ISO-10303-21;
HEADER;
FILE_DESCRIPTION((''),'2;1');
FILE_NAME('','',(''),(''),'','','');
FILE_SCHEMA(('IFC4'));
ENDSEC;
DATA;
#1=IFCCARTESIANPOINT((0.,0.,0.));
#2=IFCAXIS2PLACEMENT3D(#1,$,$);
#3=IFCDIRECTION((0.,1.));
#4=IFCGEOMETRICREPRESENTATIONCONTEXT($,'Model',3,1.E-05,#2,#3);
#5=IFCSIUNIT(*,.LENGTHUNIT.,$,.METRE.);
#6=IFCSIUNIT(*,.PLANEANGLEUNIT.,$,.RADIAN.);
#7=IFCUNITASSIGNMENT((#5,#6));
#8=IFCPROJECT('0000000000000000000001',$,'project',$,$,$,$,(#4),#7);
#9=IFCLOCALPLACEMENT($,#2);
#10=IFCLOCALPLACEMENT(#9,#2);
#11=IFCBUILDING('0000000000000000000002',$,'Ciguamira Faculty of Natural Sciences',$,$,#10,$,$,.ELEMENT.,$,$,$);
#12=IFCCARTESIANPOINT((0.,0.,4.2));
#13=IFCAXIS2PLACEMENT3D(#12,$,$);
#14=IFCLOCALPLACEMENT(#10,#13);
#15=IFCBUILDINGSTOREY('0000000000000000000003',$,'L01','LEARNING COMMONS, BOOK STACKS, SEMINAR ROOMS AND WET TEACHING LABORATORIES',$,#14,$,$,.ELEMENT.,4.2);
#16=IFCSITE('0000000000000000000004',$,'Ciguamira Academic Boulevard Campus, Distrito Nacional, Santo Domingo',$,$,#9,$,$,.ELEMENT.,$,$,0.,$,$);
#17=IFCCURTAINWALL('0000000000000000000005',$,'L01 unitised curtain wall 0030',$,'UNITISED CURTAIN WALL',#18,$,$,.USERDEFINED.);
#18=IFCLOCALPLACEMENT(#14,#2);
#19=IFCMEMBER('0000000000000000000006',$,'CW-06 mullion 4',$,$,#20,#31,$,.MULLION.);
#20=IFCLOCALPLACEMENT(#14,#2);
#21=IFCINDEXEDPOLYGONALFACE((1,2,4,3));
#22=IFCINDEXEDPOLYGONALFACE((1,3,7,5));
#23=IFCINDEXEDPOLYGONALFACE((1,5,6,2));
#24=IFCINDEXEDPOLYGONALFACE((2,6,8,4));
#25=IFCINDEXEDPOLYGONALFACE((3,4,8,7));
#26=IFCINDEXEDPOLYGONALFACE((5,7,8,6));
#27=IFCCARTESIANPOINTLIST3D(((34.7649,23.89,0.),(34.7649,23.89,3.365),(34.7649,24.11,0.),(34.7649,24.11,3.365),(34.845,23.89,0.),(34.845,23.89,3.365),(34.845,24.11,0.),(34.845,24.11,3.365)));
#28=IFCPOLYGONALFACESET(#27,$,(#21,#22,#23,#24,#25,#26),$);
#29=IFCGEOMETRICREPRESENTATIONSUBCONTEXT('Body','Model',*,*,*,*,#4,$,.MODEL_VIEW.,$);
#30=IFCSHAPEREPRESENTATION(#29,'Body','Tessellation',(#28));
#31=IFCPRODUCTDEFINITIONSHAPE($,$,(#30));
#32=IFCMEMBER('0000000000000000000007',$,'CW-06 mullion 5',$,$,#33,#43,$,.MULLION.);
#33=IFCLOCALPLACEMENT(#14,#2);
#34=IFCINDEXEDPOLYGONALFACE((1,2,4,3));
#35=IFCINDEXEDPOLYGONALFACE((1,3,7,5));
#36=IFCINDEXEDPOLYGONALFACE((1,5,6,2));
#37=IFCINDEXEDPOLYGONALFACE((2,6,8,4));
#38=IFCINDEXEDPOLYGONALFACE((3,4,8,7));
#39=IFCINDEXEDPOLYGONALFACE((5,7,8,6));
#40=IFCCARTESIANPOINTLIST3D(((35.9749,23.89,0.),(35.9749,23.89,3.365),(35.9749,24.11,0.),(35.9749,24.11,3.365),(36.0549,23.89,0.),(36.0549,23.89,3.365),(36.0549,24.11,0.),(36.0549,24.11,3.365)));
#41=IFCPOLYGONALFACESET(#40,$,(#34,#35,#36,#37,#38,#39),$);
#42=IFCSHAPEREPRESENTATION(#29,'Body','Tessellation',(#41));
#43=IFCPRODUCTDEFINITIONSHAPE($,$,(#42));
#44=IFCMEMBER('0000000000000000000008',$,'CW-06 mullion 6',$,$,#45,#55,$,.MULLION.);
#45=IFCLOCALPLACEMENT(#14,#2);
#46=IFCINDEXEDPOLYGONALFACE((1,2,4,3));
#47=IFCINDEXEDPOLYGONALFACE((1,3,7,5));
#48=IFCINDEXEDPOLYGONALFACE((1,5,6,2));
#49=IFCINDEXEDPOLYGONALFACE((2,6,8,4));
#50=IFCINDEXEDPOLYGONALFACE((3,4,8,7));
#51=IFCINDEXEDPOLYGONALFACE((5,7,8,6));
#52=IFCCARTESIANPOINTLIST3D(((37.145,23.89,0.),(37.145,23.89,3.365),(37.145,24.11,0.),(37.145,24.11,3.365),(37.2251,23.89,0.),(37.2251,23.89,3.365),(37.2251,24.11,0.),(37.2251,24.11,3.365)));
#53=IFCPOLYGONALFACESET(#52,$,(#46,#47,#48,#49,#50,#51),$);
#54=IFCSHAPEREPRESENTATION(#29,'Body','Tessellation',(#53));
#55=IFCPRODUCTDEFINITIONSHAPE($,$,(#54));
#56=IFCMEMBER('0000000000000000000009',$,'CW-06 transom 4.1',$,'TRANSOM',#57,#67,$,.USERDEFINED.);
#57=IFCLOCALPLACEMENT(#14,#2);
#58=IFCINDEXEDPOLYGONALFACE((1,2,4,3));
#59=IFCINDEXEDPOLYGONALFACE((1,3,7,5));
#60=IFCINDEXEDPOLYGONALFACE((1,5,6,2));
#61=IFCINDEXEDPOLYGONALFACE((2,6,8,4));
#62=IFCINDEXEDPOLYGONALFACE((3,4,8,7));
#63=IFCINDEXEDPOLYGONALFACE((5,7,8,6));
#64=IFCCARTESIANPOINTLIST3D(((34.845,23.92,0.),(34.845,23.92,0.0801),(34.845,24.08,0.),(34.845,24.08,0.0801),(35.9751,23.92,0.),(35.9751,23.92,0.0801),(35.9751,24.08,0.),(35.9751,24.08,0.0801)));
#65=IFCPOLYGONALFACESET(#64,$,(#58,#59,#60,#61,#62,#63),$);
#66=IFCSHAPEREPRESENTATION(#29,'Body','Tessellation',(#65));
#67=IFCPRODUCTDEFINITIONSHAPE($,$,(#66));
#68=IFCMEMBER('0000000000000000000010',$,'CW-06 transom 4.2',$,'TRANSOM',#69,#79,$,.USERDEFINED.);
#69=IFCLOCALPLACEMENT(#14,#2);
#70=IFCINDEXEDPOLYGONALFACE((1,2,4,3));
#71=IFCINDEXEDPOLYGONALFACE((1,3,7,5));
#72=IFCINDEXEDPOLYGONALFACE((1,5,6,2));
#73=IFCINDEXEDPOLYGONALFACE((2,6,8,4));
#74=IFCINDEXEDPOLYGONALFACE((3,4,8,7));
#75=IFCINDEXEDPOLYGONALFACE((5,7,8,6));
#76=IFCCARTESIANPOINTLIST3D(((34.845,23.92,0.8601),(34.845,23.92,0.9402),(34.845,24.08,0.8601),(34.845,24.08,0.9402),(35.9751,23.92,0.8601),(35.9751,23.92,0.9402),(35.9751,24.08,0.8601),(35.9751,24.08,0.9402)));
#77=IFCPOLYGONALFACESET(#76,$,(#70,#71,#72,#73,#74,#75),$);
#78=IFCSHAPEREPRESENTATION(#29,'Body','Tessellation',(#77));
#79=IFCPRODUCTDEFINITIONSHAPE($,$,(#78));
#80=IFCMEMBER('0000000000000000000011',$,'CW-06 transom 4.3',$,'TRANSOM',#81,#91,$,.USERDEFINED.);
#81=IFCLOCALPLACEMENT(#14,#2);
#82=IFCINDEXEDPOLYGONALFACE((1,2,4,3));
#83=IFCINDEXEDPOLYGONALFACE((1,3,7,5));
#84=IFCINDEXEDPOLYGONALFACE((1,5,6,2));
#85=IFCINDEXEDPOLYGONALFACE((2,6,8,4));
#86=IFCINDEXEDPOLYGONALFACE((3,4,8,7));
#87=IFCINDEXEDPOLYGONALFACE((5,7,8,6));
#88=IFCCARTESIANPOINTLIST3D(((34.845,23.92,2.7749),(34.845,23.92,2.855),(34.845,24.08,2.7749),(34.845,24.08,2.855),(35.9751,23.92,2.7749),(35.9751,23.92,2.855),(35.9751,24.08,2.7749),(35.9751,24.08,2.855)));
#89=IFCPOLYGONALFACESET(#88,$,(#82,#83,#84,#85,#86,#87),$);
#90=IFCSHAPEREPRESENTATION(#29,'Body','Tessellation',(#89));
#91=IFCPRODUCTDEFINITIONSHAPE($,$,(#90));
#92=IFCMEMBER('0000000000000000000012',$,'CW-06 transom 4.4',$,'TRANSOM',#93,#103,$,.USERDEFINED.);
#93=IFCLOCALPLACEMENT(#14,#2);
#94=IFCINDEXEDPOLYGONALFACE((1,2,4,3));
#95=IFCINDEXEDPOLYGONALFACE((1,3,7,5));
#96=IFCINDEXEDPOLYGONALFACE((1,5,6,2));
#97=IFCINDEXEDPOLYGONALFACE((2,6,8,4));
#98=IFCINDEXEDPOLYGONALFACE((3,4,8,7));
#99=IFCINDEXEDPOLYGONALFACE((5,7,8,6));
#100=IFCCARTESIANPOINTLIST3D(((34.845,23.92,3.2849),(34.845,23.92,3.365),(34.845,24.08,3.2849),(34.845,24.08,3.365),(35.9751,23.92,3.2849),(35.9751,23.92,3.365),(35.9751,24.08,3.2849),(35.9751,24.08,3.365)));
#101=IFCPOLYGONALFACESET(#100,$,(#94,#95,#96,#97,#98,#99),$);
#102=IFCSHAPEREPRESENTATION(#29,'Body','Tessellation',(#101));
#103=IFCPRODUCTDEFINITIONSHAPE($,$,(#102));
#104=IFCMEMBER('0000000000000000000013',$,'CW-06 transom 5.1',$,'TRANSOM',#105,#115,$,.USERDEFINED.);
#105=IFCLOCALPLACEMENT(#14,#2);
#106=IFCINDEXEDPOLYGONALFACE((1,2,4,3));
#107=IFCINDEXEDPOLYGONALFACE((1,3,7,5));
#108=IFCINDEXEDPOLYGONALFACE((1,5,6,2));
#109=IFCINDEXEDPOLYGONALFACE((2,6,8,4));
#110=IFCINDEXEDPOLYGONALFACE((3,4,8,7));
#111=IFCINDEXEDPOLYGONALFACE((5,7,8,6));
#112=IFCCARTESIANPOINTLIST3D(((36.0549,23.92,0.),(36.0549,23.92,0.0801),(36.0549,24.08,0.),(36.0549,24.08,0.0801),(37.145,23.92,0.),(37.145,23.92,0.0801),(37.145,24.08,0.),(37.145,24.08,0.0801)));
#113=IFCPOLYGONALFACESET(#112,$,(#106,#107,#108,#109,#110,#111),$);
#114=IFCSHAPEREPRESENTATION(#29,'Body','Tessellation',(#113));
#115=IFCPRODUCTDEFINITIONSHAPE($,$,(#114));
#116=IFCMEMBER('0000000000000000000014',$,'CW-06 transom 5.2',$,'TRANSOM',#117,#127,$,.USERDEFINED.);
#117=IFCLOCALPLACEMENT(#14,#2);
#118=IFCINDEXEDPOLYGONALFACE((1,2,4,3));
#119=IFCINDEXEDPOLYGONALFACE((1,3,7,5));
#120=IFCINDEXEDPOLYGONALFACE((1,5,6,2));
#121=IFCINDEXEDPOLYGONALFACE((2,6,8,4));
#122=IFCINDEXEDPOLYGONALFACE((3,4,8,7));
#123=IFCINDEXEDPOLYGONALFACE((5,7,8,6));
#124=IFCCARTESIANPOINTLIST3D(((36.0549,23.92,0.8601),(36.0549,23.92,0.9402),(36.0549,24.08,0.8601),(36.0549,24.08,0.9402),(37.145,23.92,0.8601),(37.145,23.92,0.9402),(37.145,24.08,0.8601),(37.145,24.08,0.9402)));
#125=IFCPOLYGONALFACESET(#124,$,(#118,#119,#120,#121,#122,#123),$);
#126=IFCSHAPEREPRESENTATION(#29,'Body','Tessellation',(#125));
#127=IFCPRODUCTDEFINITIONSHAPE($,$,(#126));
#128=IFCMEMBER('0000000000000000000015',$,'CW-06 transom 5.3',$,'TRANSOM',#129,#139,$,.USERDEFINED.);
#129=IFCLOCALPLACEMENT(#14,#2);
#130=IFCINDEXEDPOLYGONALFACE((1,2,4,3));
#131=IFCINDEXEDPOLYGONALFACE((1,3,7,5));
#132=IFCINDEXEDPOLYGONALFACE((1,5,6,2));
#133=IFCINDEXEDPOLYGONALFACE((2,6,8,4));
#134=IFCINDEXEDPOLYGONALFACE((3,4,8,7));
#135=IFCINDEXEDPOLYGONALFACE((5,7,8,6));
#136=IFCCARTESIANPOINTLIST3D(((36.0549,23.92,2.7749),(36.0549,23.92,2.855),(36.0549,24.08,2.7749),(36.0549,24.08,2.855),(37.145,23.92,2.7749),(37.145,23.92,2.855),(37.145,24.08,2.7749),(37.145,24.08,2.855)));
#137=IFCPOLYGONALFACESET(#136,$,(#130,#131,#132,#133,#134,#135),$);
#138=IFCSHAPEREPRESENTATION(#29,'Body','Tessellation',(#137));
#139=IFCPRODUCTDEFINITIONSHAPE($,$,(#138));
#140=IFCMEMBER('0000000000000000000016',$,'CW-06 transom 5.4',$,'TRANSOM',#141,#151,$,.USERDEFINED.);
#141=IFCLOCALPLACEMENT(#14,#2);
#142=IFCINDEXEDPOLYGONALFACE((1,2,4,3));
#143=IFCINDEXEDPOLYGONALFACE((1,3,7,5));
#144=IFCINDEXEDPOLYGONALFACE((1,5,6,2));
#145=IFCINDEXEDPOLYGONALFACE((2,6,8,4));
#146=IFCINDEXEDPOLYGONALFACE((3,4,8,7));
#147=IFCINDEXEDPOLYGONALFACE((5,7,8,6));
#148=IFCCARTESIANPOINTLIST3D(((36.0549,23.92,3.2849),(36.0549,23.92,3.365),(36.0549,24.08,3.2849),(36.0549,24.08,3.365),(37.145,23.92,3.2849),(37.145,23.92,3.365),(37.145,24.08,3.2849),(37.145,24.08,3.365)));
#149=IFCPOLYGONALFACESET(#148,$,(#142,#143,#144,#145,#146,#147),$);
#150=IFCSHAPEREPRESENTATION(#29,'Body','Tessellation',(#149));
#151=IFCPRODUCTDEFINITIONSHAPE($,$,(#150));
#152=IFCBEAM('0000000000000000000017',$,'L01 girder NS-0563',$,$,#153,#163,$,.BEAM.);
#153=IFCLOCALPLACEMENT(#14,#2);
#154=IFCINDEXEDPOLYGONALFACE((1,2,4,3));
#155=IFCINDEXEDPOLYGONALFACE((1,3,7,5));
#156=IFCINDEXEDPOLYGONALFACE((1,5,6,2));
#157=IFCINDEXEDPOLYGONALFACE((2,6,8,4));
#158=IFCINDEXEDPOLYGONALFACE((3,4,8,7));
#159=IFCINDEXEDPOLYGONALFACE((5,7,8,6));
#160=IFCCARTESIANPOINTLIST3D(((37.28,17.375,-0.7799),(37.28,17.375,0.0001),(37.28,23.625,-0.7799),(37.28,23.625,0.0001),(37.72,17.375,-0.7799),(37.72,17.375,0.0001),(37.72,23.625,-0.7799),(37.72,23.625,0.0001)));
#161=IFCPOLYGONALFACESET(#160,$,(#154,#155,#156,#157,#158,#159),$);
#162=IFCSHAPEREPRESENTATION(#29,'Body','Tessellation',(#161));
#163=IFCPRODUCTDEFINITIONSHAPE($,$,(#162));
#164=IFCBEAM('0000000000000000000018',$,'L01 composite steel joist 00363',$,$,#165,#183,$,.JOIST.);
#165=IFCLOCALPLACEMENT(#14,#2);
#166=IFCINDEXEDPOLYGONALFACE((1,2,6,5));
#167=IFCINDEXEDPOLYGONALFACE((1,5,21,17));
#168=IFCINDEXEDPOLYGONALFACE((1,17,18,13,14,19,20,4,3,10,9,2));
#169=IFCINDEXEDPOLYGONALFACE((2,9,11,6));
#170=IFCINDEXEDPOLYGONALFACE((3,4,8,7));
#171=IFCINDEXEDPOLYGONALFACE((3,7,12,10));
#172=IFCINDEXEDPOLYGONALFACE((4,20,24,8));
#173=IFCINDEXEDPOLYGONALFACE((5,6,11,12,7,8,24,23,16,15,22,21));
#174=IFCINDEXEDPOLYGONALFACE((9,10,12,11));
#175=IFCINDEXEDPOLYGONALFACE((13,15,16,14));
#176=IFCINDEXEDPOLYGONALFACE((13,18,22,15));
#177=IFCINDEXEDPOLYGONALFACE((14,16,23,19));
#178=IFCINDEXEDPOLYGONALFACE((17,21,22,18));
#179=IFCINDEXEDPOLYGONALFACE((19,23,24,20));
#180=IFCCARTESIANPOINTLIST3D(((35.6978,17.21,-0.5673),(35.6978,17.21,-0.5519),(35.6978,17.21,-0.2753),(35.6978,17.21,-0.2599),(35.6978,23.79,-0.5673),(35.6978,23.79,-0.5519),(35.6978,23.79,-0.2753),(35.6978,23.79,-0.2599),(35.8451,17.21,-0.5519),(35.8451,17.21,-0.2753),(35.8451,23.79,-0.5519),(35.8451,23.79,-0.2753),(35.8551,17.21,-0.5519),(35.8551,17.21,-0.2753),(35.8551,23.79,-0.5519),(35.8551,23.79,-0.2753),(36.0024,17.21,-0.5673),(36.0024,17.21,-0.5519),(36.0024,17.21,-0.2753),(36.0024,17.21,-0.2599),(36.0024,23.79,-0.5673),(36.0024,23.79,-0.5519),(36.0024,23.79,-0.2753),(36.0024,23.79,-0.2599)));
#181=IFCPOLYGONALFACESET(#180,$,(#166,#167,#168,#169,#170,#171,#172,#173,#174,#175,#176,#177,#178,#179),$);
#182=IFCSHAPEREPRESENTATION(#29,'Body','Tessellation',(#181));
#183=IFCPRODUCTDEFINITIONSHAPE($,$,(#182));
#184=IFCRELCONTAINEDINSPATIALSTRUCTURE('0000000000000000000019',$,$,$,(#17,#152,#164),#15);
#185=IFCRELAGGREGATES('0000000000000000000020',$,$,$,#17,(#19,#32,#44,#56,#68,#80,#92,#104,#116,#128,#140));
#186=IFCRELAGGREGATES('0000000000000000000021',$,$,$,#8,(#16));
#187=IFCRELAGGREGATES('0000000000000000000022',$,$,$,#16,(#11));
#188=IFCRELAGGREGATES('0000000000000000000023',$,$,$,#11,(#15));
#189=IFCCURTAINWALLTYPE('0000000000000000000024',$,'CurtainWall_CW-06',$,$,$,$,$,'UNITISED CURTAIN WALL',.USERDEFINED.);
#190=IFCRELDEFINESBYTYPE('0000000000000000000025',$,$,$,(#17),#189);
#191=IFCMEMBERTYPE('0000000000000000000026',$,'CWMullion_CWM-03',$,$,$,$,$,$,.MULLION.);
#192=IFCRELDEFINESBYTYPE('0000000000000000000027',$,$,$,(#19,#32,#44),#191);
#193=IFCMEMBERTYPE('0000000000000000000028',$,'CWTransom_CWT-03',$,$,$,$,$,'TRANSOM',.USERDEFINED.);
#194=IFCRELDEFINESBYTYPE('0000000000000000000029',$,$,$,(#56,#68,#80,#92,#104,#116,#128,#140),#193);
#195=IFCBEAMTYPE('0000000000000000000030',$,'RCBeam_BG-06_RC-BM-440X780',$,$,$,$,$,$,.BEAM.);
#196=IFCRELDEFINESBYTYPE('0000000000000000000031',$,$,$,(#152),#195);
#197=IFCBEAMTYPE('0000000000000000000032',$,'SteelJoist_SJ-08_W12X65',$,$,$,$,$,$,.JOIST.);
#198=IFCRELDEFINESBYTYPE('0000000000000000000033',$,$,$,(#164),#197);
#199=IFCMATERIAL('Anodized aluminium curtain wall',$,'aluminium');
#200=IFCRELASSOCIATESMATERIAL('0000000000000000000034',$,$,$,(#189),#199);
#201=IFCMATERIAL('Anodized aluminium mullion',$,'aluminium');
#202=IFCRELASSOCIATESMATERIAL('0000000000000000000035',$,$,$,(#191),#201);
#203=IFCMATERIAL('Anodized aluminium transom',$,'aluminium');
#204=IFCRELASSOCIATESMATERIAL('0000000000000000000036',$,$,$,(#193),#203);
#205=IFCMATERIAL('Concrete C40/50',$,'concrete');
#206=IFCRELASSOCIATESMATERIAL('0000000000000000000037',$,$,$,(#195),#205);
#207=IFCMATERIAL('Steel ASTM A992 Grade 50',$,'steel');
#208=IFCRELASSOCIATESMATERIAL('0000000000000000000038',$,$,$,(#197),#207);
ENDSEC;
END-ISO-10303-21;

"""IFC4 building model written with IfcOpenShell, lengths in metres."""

from ifc_helpers import new_model, si_unit, direction, frame, origin, origin_2d, place, context, subcontext, project, spatial, rectangle, i_section, extrude, material, material_profile, profile_set, type_object, element, aggregate, save


model = new_model("IFC4")

# Units and contexts
model_context = context("Model", 3, precision=1e-05, world=origin(), true_north=direction((0.0, 1.0)))
body_context = subcontext(model_context, "Body", "Model", "MODEL_VIEW")
ifc_project = project(units=[si_unit("LENGTHUNIT", "METRE"), si_unit("PLANEANGLEUNIT", "RADIAN")], contexts=[model_context])

# Site, building, storey
site_placement = place(None, origin())
site = spatial("IfcSite", under=ifc_project, at=site_placement, Name="Ciguamira Academic Boulevard Campus, Distrito Nacional, Santo Domingo", CompositionType="ELEMENT", RefElevation=0.0)
building_placement = place(site_placement, origin())
building = spatial("IfcBuilding", under=site, at=building_placement, Name="Ciguamira Faculty of Natural Sciences", CompositionType="ELEMENT")
storey_placement = place(building_placement, frame((0.0, 0.0, 4.2)))
storey = spatial("IfcBuildingStorey", under=building, at=storey_placement, Name="L01", Description="LEARNING COMMONS, BOOK STACKS, SEMINAR ROOMS AND WET TEACHING LABORATORIES", CompositionType="ELEMENT", Elevation=4.2)

# Curtain wall, members
ifc_material_1 = material(Name="Anodized aluminium curtain wall", Category="aluminium")
curtain_wall_type = type_object("IfcCurtainWallType", Name="CurtainWall_CW-06", ElementType="UNITISED CURTAIN WALL", PredefinedType="USERDEFINED", material=ifc_material_1)
curtain_wall_placement = place(storey_placement, origin())
curtain_wall = element("IfcCurtainWall", 1, at=curtain_wall_placement, inside=storey, type_object=curtain_wall_type, Name="L01 unitised curtain wall 0030", ObjectType="UNITISED CURTAIN WALL", PredefinedType="USERDEFINED")
ifc_material_2 = material(Name="Anodized aluminium mullion", Category="aluminium")
ifc_material_profile_1 = material_profile(ifc_material_2, rectangle(XDim=0.0801, YDim=0.22, at=origin_2d()), Name="ALU-MUL-80X220")
ifc_profile_set_1 = profile_set([ifc_material_profile_1], Name="Anodized aluminium mullion")
member_type_1 = type_object("IfcMemberType", Name="CWMullion_CWM-03", PredefinedType="MULLION", material=ifc_profile_set_1)
member_1_placement = place(storey_placement, frame((34.8049, 24.0, 0.0), z_axis=(0.0, 0.0, 1.0), x_axis=(1.0, 0.0, 0.0)))
member_1 = element("IfcMember", 2, at=member_1_placement, type_object=member_type_1, Name="CW-06 mullion 4", PredefinedType="MULLION", context=body_context, shape_type="SweptSolid", body=[
    extrude(rectangle(XDim=0.0801, YDim=0.22, at=origin_2d()), origin(), (0.0, 0.0, 1.0), 3.365),
])
member_2_placement = place(storey_placement, frame((36.0149, 24.0, 0.0), z_axis=(0.0, 0.0, 1.0), x_axis=(1.0, 0.0, 0.0)))
member_2 = element("IfcMember", 3, at=member_2_placement, type_object=member_type_1, Name="CW-06 mullion 5", PredefinedType="MULLION", context=body_context, shape_type="SweptSolid", body=[
    extrude(rectangle(XDim=0.0801, YDim=0.22, at=origin_2d()), origin(), (0.0, 0.0, 1.0), 3.365),
])
member_3_placement = place(storey_placement, frame((37.1851, 24.0, 0.0), z_axis=(0.0, 0.0, 1.0), x_axis=(1.0, 0.0, 0.0)))
member_3 = element("IfcMember", 4, at=member_3_placement, type_object=member_type_1, Name="CW-06 mullion 6", PredefinedType="MULLION", context=body_context, shape_type="SweptSolid", body=[
    extrude(rectangle(XDim=0.0801, YDim=0.22, at=origin_2d()), origin(), (0.0, 0.0, 1.0), 3.365),
])
ifc_material_3 = material(Name="Anodized aluminium transom", Category="aluminium")
ifc_material_profile_2 = material_profile(ifc_material_3, rectangle(XDim=0.0801, YDim=0.1599, at=origin_2d()), Name="ALU-TRN-80X160")
ifc_profile_set_2 = profile_set([ifc_material_profile_2], Name="Anodized aluminium transom")
member_type_2 = type_object("IfcMemberType", Name="CWTransom_CWT-03", ElementType="TRANSOM", PredefinedType="USERDEFINED", material=ifc_profile_set_2)
member_4_placement = place(storey_placement, frame((34.845, 24.0, 0.04), z_axis=(1.0, 0.0, 0.0), x_axis=(0.0, 0.0, 1.0)))
member_4 = element("IfcMember", 5, at=member_4_placement, type_object=member_type_2, Name="CW-06 transom 4.1", ObjectType="TRANSOM", PredefinedType="USERDEFINED", context=body_context, shape_type="SweptSolid", body=[
    extrude(rectangle(XDim=0.0801, YDim=0.1599, at=origin_2d()), origin(), (0.0, 0.0, 1.0), 1.1301),
])
member_5_placement = place(storey_placement, frame((34.845, 24.0, 0.9001), z_axis=(1.0, 0.0, 0.0), x_axis=(0.0, 0.0, 1.0)))
member_5 = element("IfcMember", 6, at=member_5_placement, type_object=member_type_2, Name="CW-06 transom 4.2", ObjectType="TRANSOM", PredefinedType="USERDEFINED", context=body_context, shape_type="SweptSolid", body=[
    extrude(rectangle(XDim=0.0801, YDim=0.1599, at=origin_2d()), origin(), (0.0, 0.0, 1.0), 1.1301),
])
member_6_placement = place(storey_placement, frame((34.845, 24.0, 2.8149), z_axis=(1.0, 0.0, 0.0), x_axis=(0.0, 0.0, 1.0)))
member_6 = element("IfcMember", 7, at=member_6_placement, type_object=member_type_2, Name="CW-06 transom 4.3", ObjectType="TRANSOM", PredefinedType="USERDEFINED", context=body_context, shape_type="SweptSolid", body=[
    extrude(rectangle(XDim=0.0801, YDim=0.1599, at=origin_2d()), origin(), (0.0, 0.0, 1.0), 1.1301),
])
member_7_placement = place(storey_placement, frame((34.845, 24.0, 3.325), z_axis=(1.0, 0.0, 0.0), x_axis=(0.0, 0.0, 1.0)))
member_7 = element("IfcMember", 8, at=member_7_placement, type_object=member_type_2, Name="CW-06 transom 4.4", ObjectType="TRANSOM", PredefinedType="USERDEFINED", context=body_context, shape_type="SweptSolid", body=[
    extrude(rectangle(XDim=0.0801, YDim=0.1599, at=origin_2d()), origin(), (0.0, 0.0, 1.0), 1.1301),
])
member_8_placement = place(storey_placement, frame((36.0549, 24.0, 0.04), z_axis=(1.0, 0.0, 0.0), x_axis=(0.0, 0.0, 1.0)))
member_8 = element("IfcMember", 9, at=member_8_placement, type_object=member_type_2, Name="CW-06 transom 5.1", ObjectType="TRANSOM", PredefinedType="USERDEFINED", context=body_context, shape_type="SweptSolid", body=[
    extrude(rectangle(XDim=0.0801, YDim=0.1599, at=origin_2d()), origin(), (0.0, 0.0, 1.0), 1.0901),
])
member_9_placement = place(storey_placement, frame((36.0549, 24.0, 0.9001), z_axis=(1.0, 0.0, 0.0), x_axis=(0.0, 0.0, 1.0)))
member_9 = element("IfcMember", 10, at=member_9_placement, type_object=member_type_2, Name="CW-06 transom 5.2", ObjectType="TRANSOM", PredefinedType="USERDEFINED", context=body_context, shape_type="SweptSolid", body=[
    extrude(rectangle(XDim=0.0801, YDim=0.1599, at=origin_2d()), origin(), (0.0, 0.0, 1.0), 1.0901),
])
member_10_placement = place(storey_placement, frame((36.0549, 24.0, 2.8149), z_axis=(1.0, 0.0, 0.0), x_axis=(0.0, 0.0, 1.0)))
member_10 = element("IfcMember", 11, at=member_10_placement, type_object=member_type_2, Name="CW-06 transom 5.3", ObjectType="TRANSOM", PredefinedType="USERDEFINED", context=body_context, shape_type="SweptSolid", body=[
    extrude(rectangle(XDim=0.0801, YDim=0.1599, at=origin_2d()), origin(), (0.0, 0.0, 1.0), 1.0901),
])
member_11_placement = place(storey_placement, frame((36.0549, 24.0, 3.325), z_axis=(1.0, 0.0, 0.0), x_axis=(0.0, 0.0, 1.0)))
member_11 = element("IfcMember", 12, at=member_11_placement, type_object=member_type_2, Name="CW-06 transom 5.4", ObjectType="TRANSOM", PredefinedType="USERDEFINED", context=body_context, shape_type="SweptSolid", body=[
    extrude(rectangle(XDim=0.0801, YDim=0.1599, at=origin_2d()), origin(), (0.0, 0.0, 1.0), 1.0901),
])

# Beams
ifc_material_4 = material(Name="Concrete C40/50", Category="concrete")
ifc_material_profile_3 = material_profile(ifc_material_4, rectangle(XDim=0.4399, YDim=0.78, at=origin_2d()), Name="RC-BM-440X780")
ifc_profile_set_3 = profile_set([ifc_material_profile_3], Name="Concrete C40/50")
beam_type_1 = type_object("IfcBeamType", Name="RCBeam_BG-06_RC-BM-440X780", PredefinedType="BEAM", material=ifc_profile_set_3)
beam_1_placement = place(storey_placement, frame((37.5, 17.375, -0.3899), z_axis=(0.0, 1.0, 0.0), x_axis=(-1.0, 0.0, 0.0)))
element("IfcBeam", 13, at=beam_1_placement, inside=storey, type_object=beam_type_1, Name="L01 girder NS-0563", PredefinedType="BEAM", context=body_context, shape_type="SweptSolid", body=[
    extrude(rectangle(XDim=0.4399, YDim=0.78, at=origin_2d()), origin(), (0.0, 0.0, 1.0), 6.25),
])
ifc_material_5 = material(Name="Steel ASTM A992 Grade 50", Category="steel")
ifc_material_profile_4 = material_profile(ifc_material_5, i_section(OverallWidth=0.3047, OverallDepth=0.3074, WebThickness=0.01, FlangeThickness=0.0154, at=origin_2d()), Name="W12X65")
ifc_profile_set_4 = profile_set([ifc_material_profile_4], Name="Steel ASTM A992 Grade 50")
beam_type_2 = type_object("IfcBeamType", Name="SteelJoist_SJ-08_W12X65", PredefinedType="JOIST", material=ifc_profile_set_4)
beam_2_placement = place(storey_placement, frame((35.8501, 17.21, -0.4136), z_axis=(0.0, 1.0, 0.0), x_axis=(-1.0, 0.0, 0.0)))
element("IfcBeam", 14, at=beam_2_placement, inside=storey, type_object=beam_type_2, Name="L01 composite steel joist 00363", PredefinedType="JOIST", context=body_context, shape_type="SweptSolid", body=[
    extrude(i_section(OverallWidth=0.3047, OverallDepth=0.3074, WebThickness=0.01, FlangeThickness=0.0154, at=origin_2d()), origin(), (0.0, 0.0, 1.0), 6.5801),
])

aggregate(curtain_wall, [member_1, member_2, member_3, member_4, member_5, member_6, member_7, member_8, member_9, member_10, member_11])

save(model, "model.ifc")
